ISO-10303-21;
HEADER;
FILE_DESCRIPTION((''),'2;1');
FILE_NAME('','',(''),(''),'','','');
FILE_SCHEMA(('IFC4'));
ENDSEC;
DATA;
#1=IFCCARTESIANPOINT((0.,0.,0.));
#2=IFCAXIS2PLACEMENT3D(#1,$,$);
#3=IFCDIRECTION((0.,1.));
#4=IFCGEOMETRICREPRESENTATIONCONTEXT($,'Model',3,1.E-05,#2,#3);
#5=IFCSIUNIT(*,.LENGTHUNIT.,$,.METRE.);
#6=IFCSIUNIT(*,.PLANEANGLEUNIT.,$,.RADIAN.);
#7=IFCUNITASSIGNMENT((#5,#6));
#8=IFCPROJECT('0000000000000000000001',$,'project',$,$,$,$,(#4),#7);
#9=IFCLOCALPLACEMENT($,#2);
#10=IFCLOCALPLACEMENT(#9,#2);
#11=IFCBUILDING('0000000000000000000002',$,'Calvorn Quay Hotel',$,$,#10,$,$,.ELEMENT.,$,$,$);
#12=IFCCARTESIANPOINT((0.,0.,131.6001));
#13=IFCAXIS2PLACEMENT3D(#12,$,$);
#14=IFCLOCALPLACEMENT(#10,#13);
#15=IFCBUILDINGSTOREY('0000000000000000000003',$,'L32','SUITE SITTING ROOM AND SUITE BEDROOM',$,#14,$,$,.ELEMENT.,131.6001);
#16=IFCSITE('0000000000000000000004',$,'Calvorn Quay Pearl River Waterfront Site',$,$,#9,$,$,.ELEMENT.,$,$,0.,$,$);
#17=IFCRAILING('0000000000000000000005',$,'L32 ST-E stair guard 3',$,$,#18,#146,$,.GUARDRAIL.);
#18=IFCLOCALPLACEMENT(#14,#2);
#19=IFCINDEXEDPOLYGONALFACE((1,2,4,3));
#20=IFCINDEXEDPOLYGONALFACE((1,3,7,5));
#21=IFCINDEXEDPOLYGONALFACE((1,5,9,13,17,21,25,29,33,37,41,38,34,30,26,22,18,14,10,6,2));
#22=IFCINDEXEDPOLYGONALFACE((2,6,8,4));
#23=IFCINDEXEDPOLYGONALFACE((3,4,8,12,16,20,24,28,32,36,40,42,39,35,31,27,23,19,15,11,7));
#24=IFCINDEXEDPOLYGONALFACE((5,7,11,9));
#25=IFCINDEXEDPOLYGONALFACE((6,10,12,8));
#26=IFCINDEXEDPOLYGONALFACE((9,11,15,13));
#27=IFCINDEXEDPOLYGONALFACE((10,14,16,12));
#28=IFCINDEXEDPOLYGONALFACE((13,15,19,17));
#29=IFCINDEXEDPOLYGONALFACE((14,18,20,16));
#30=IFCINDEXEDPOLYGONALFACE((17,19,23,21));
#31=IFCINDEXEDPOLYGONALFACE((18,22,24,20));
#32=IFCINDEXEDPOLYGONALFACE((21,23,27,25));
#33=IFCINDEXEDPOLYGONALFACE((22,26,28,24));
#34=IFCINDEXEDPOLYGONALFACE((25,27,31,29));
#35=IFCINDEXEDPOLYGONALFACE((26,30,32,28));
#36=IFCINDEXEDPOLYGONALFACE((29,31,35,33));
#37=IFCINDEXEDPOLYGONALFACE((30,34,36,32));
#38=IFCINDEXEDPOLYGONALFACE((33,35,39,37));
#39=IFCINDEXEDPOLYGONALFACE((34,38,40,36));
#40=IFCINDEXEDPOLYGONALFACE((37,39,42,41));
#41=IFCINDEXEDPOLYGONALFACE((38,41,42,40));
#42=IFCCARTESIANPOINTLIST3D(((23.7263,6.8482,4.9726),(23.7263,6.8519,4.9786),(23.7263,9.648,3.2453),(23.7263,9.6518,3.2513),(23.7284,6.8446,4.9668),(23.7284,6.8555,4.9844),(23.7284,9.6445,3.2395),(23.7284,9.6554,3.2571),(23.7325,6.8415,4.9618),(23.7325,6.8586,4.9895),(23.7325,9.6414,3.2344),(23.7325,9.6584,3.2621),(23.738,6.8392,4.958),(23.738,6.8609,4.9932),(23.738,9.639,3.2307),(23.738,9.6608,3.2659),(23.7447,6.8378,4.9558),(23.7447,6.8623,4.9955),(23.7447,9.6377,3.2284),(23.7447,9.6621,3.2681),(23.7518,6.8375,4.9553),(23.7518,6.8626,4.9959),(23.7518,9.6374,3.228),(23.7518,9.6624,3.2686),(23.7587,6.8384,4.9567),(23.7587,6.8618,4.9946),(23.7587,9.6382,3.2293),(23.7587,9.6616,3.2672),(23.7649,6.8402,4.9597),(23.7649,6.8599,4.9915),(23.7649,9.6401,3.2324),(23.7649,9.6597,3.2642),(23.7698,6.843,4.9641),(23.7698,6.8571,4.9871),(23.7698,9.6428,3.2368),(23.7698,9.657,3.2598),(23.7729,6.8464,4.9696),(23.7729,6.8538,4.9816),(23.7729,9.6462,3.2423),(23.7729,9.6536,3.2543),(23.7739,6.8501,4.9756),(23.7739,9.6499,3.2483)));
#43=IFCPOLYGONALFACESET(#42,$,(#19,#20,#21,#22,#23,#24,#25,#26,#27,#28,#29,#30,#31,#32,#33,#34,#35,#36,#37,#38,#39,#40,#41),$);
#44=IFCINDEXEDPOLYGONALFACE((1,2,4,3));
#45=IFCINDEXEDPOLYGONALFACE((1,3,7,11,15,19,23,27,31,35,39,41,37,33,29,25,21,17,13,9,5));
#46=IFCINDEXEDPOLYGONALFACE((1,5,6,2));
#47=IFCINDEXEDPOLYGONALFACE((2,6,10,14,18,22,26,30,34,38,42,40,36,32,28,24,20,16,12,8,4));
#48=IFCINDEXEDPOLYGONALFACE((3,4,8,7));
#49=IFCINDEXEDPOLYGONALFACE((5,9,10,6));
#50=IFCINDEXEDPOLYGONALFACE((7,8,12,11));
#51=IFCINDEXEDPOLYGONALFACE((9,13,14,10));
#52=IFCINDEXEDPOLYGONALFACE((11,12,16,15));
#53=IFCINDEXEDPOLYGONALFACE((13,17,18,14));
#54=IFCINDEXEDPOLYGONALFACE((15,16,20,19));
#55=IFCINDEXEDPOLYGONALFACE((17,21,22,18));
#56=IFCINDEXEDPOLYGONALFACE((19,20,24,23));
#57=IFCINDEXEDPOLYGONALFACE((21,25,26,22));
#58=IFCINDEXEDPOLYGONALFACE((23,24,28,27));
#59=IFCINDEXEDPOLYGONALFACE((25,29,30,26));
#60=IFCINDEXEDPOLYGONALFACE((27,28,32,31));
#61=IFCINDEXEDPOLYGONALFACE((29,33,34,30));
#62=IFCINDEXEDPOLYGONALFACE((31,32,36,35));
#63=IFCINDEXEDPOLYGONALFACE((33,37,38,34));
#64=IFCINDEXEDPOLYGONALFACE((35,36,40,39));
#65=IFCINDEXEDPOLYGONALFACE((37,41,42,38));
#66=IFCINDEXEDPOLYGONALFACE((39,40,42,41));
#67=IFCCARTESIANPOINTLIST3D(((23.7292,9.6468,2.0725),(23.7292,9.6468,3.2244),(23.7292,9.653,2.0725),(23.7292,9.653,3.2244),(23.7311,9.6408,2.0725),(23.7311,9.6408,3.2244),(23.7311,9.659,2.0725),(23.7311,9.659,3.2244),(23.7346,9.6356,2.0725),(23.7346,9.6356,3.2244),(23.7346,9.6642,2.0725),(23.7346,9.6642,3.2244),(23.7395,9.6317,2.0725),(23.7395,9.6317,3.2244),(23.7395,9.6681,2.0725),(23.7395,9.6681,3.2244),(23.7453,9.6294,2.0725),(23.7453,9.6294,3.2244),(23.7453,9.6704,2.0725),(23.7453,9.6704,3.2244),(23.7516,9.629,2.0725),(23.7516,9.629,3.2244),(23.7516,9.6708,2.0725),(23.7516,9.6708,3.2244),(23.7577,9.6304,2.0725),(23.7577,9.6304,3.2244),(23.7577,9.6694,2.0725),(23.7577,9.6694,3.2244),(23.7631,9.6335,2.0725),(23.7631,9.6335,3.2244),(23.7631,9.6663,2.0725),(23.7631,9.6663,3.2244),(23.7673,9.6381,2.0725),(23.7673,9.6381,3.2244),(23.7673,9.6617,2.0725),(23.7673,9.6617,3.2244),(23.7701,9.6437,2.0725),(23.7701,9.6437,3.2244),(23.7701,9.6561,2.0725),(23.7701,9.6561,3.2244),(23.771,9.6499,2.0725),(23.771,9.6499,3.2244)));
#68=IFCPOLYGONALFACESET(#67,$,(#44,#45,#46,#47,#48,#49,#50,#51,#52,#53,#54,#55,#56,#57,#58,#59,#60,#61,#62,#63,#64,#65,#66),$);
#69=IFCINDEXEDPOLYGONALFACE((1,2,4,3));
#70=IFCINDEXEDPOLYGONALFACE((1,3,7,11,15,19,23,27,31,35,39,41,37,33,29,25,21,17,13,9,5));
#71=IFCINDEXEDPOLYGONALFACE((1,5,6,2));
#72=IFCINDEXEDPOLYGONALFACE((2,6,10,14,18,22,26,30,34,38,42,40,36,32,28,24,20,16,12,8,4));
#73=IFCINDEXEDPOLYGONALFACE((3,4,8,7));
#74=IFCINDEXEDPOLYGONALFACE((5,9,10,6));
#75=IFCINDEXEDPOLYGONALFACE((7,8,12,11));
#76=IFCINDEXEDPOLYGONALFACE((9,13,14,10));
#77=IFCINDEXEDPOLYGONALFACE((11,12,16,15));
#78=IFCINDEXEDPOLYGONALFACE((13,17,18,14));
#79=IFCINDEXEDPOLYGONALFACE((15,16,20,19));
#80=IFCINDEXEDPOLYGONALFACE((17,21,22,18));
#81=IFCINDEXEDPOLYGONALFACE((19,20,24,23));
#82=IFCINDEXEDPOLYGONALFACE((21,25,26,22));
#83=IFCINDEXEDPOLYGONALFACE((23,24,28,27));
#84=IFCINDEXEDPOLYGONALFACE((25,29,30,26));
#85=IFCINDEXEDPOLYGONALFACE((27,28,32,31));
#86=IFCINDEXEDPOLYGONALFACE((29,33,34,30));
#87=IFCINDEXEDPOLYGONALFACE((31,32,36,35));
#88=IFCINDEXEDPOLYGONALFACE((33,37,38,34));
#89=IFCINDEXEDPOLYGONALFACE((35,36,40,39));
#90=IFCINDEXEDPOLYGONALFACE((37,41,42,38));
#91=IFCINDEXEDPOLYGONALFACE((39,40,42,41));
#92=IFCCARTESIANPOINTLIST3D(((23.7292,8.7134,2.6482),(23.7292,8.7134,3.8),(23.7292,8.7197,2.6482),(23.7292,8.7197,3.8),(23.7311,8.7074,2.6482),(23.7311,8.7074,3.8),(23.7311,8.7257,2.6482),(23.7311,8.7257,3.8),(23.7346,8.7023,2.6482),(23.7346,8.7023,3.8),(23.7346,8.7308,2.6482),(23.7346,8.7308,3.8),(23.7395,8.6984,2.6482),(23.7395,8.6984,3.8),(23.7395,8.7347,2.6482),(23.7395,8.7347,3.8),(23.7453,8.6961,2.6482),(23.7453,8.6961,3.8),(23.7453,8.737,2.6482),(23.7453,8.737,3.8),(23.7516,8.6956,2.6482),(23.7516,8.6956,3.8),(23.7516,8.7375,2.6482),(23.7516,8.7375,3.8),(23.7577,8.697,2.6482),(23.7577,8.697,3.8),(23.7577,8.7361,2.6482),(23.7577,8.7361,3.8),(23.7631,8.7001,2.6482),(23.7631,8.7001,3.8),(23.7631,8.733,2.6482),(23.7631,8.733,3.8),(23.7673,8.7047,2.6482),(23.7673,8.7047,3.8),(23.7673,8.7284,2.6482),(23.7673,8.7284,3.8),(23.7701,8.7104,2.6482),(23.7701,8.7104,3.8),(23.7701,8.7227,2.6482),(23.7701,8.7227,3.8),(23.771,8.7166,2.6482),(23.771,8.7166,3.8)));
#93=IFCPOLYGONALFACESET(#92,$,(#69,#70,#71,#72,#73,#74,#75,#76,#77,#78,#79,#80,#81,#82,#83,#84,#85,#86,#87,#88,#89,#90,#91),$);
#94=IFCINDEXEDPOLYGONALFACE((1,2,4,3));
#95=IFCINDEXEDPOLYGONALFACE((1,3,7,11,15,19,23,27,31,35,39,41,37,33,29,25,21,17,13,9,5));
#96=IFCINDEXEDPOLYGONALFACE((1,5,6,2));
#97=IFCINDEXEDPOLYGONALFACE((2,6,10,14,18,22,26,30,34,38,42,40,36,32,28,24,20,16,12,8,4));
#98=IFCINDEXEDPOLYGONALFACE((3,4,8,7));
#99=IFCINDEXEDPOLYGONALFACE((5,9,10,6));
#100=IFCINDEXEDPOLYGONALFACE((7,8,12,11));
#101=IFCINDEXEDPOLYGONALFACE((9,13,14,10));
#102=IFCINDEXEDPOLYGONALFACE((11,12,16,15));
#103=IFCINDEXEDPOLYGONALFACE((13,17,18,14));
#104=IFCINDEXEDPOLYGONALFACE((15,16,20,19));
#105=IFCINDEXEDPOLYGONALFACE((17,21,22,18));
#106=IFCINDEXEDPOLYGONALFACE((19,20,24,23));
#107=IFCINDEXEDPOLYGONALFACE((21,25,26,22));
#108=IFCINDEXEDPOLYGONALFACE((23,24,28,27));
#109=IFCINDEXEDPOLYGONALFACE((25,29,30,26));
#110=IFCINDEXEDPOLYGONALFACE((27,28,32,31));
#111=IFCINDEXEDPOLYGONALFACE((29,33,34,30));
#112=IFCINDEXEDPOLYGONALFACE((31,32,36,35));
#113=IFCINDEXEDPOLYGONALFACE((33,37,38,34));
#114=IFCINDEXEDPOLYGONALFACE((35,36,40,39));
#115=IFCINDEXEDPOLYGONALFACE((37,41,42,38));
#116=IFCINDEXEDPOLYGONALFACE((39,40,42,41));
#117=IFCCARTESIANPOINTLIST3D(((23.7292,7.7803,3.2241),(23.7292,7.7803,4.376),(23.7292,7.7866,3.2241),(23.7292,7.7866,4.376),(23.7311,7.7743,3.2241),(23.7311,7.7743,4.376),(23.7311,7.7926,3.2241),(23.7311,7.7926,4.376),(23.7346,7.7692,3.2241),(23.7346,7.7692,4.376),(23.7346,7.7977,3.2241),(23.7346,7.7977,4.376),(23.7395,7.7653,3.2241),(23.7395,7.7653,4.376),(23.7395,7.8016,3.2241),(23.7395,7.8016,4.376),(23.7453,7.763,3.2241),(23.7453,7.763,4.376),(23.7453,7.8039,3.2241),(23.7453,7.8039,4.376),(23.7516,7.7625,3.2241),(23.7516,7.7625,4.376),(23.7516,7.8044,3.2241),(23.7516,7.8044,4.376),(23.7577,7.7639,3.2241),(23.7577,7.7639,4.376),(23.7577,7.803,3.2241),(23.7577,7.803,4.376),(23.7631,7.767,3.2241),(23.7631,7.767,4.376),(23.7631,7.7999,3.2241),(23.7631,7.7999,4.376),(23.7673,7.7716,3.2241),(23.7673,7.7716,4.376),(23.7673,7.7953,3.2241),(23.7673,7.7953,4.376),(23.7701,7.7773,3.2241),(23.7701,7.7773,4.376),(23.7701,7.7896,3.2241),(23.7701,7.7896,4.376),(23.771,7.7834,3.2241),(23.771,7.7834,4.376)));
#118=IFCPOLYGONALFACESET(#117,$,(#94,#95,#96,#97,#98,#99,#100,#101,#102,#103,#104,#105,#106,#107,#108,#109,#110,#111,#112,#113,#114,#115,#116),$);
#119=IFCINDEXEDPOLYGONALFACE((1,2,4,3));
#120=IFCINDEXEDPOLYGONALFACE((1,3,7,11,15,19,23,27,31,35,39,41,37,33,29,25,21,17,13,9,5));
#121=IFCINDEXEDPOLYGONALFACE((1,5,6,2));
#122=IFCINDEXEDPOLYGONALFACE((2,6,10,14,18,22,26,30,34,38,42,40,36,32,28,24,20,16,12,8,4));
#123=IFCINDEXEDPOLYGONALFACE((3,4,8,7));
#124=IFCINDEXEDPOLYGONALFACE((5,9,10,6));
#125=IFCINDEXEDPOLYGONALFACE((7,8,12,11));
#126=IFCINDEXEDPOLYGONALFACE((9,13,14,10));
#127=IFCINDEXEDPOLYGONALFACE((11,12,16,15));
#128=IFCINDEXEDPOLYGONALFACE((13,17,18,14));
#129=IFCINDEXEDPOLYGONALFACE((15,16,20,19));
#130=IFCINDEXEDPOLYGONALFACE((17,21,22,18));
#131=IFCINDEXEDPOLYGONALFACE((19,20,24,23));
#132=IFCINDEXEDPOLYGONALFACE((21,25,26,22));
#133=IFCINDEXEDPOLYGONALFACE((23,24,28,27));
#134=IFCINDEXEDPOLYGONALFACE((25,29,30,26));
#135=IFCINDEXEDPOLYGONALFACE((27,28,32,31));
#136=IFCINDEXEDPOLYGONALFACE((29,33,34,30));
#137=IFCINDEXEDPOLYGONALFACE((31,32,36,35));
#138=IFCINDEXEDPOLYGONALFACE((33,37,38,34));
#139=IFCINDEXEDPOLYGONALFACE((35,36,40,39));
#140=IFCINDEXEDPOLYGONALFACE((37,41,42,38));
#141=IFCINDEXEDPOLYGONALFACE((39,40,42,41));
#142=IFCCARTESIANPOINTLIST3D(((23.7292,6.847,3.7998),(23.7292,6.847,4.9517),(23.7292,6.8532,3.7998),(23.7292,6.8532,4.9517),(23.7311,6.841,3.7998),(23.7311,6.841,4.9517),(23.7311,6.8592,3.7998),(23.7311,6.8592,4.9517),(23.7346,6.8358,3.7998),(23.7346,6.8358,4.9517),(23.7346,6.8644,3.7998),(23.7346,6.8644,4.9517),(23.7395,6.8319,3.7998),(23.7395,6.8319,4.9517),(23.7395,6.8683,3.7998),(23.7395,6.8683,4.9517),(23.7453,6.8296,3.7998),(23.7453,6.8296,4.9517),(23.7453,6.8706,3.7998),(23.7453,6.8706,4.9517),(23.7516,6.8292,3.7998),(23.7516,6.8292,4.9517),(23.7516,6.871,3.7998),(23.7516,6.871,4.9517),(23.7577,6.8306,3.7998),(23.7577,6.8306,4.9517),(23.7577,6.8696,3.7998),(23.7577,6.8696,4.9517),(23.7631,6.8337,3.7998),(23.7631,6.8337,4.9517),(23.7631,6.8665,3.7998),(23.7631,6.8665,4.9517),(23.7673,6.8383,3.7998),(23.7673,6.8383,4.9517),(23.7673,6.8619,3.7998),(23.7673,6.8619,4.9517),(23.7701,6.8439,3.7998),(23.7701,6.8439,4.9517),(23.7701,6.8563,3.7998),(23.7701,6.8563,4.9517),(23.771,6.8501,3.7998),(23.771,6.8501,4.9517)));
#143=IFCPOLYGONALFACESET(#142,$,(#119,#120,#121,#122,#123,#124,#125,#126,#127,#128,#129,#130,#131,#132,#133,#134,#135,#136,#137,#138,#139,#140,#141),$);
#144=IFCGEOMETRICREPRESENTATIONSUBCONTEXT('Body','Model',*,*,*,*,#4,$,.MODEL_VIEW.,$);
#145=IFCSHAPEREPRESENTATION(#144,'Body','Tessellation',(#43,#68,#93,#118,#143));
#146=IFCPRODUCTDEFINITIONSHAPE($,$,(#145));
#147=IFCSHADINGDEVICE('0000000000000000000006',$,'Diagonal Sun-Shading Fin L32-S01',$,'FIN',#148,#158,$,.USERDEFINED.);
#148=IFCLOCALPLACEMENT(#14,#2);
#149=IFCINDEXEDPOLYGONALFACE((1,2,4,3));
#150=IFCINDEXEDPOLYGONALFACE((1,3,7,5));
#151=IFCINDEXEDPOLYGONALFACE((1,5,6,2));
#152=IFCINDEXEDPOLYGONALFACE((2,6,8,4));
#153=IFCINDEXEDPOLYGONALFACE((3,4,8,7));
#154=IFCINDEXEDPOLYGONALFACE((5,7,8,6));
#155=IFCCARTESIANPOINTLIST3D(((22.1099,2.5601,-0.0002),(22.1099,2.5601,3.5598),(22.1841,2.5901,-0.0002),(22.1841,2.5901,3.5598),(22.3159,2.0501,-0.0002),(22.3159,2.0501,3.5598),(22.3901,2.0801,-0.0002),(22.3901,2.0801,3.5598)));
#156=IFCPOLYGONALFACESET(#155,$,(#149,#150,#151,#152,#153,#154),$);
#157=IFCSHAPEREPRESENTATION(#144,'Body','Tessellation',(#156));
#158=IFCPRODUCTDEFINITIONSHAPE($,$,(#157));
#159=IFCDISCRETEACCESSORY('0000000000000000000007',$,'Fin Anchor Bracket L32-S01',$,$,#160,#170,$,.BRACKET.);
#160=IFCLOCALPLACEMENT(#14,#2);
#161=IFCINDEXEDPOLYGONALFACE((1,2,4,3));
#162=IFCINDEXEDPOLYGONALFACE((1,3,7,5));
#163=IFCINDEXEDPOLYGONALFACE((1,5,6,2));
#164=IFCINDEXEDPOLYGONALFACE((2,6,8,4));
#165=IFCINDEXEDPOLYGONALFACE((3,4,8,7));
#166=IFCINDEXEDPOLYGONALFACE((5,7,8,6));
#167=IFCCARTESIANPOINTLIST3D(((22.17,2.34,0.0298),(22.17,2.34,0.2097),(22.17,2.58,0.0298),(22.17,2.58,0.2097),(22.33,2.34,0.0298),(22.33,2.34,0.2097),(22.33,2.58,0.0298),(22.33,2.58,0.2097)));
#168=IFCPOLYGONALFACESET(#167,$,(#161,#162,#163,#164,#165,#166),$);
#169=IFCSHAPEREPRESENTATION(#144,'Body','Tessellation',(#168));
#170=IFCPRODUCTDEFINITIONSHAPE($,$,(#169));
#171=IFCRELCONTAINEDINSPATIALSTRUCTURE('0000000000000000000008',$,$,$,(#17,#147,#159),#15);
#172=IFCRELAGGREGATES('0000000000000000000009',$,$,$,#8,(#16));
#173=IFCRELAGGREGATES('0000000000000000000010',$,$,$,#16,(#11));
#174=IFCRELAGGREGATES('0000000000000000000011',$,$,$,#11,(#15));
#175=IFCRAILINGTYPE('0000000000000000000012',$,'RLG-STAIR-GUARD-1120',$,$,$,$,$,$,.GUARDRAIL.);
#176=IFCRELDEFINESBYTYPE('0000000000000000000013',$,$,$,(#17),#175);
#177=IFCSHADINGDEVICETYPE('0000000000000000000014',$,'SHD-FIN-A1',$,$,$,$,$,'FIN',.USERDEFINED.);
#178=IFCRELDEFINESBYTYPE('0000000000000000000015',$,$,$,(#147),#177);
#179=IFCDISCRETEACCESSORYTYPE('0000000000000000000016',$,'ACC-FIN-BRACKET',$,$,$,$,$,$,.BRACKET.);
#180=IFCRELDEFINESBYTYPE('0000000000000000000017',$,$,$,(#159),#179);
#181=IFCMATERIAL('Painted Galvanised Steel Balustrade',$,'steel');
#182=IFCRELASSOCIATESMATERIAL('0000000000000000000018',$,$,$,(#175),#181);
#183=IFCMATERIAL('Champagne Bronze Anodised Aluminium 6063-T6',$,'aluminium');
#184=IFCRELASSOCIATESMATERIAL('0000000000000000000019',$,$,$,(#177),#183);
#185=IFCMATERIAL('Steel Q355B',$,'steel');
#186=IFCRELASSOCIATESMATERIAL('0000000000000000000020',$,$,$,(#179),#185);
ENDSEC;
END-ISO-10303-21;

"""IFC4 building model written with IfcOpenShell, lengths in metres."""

from ifc_helpers import new_model, si_unit, direction, frame, origin, origin_2d, place, context, subcontext, project, spatial, rectangle, circle, extrude, material, type_object, element, save


model = new_model("IFC4")

# Units and contexts
model_context = context("Model", 3, precision=1e-05, world=origin(), true_north=direction((0.0, 1.0)))
body_context = subcontext(model_context, "Body", "Model", "MODEL_VIEW")
ifc_project = project(units=[si_unit("LENGTHUNIT", "METRE"), si_unit("PLANEANGLEUNIT", "RADIAN")], contexts=[model_context])

# Site, building, storey
site_placement = place(None, origin())
site = spatial("IfcSite", under=ifc_project, at=site_placement, Name="Calvorn Quay Pearl River Waterfront Site", CompositionType="ELEMENT", RefElevation=0.0)
building_placement = place(site_placement, origin())
building = spatial("IfcBuilding", under=site, at=building_placement, Name="Calvorn Quay Hotel", CompositionType="ELEMENT")
storey_placement = place(building_placement, frame((0.0, 0.0, 131.6001)))
storey = spatial("IfcBuildingStorey", under=building, at=storey_placement, Name="L32", Description="SUITE SITTING ROOM AND SUITE BEDROOM", CompositionType="ELEMENT", Elevation=131.6001)

# Railing
ifc_material_1 = material(Name="Painted Galvanised Steel Balustrade", Category="steel")
railing_type_1 = type_object("IfcRailingType", Name="RLG-STAIR-GUARD-1120", PredefinedType="GUARDRAIL", material=ifc_material_1)
railing_1_placement = place(storey_placement, frame((23.75, 9.6499, 2.0725)))
element("IfcRailing", 1, at=railing_1_placement, inside=storey, type_object=railing_type_1, Name="L32 ST-E stair guard 3", PredefinedType="GUARDRAIL", context=body_context, shape_type="SweptSolid", body=[
    extrude(circle(Radius=0.0239, at=origin_2d()), frame((0.0, 0.0, 1.1758), z_axis=(0.0, -0.851069, 0.525054), x_axis=(1.0, 0.0, 0.0)), (0.0, 0.0, 1.0), 3.2898),
    extrude(circle(Radius=0.021, at=origin_2d()), origin(), (0.0, 0.0, 1.0), 1.1519),
    extrude(circle(Radius=0.021, at=origin_2d()), frame((0.0, -0.9333, 0.5757)), (0.0, 0.0, 1.0), 1.1519),
    extrude(circle(Radius=0.021, at=origin_2d()), frame((0.0, -1.8665, 1.1516)), (0.0, 0.0, 1.0), 1.1519),
    extrude(circle(Radius=0.021, at=origin_2d()), frame((0.0, -2.7998, 1.7273)), (0.0, 0.0, 1.0), 1.1519),
])

# Shading device
ifc_material_2 = material(Name="Champagne Bronze Anodised Aluminium 6063-T6", Category="aluminium")
shading_device_type = type_object("IfcShadingDeviceType", Name="SHD-FIN-A1", ElementType="FIN", PredefinedType="USERDEFINED", material=ifc_material_2)
shading_device_placement = place(storey_placement, frame((22.25, 2.3201, -0.0002), z_axis=(0.0, 0.0, 1.0), x_axis=(-0.374607, 0.927184, 0.0)))
element("IfcShadingDevice", 2, at=shading_device_placement, inside=storey, type_object=shading_device_type, Name="Diagonal Sun-Shading Fin L32-S01", ObjectType="FIN", PredefinedType="USERDEFINED", context=body_context, shape_type="SweptSolid", body=[
    extrude(rectangle(XDim=0.55, YDim=0.0801, at=origin_2d()), origin(), (0.0, 0.0, 1.0), 3.5601),
])

# Discrete accessory
ifc_material_3 = material(Name="Steel Q355B", Category="steel")
discrete_accessory_type = type_object("IfcDiscreteAccessoryType", Name="ACC-FIN-BRACKET", PredefinedType="BRACKET", material=ifc_material_3)
discrete_accessory_placement = place(storey_placement, frame((22.25, 2.46, 0.0298), z_axis=(0.0, 0.0, 1.0), x_axis=(0.0, 1.0, 0.0)))
element("IfcDiscreteAccessory", 3, at=discrete_accessory_placement, inside=storey, type_object=discrete_accessory_type, Name="Fin Anchor Bracket L32-S01", PredefinedType="BRACKET", context=body_context, shape_type="SweptSolid", body=[
    extrude(rectangle(XDim=0.24, YDim=0.1599, at=origin_2d()), origin(), (0.0, 0.0, 1.0), 0.1799),
])

save(model, "model.ifc")
